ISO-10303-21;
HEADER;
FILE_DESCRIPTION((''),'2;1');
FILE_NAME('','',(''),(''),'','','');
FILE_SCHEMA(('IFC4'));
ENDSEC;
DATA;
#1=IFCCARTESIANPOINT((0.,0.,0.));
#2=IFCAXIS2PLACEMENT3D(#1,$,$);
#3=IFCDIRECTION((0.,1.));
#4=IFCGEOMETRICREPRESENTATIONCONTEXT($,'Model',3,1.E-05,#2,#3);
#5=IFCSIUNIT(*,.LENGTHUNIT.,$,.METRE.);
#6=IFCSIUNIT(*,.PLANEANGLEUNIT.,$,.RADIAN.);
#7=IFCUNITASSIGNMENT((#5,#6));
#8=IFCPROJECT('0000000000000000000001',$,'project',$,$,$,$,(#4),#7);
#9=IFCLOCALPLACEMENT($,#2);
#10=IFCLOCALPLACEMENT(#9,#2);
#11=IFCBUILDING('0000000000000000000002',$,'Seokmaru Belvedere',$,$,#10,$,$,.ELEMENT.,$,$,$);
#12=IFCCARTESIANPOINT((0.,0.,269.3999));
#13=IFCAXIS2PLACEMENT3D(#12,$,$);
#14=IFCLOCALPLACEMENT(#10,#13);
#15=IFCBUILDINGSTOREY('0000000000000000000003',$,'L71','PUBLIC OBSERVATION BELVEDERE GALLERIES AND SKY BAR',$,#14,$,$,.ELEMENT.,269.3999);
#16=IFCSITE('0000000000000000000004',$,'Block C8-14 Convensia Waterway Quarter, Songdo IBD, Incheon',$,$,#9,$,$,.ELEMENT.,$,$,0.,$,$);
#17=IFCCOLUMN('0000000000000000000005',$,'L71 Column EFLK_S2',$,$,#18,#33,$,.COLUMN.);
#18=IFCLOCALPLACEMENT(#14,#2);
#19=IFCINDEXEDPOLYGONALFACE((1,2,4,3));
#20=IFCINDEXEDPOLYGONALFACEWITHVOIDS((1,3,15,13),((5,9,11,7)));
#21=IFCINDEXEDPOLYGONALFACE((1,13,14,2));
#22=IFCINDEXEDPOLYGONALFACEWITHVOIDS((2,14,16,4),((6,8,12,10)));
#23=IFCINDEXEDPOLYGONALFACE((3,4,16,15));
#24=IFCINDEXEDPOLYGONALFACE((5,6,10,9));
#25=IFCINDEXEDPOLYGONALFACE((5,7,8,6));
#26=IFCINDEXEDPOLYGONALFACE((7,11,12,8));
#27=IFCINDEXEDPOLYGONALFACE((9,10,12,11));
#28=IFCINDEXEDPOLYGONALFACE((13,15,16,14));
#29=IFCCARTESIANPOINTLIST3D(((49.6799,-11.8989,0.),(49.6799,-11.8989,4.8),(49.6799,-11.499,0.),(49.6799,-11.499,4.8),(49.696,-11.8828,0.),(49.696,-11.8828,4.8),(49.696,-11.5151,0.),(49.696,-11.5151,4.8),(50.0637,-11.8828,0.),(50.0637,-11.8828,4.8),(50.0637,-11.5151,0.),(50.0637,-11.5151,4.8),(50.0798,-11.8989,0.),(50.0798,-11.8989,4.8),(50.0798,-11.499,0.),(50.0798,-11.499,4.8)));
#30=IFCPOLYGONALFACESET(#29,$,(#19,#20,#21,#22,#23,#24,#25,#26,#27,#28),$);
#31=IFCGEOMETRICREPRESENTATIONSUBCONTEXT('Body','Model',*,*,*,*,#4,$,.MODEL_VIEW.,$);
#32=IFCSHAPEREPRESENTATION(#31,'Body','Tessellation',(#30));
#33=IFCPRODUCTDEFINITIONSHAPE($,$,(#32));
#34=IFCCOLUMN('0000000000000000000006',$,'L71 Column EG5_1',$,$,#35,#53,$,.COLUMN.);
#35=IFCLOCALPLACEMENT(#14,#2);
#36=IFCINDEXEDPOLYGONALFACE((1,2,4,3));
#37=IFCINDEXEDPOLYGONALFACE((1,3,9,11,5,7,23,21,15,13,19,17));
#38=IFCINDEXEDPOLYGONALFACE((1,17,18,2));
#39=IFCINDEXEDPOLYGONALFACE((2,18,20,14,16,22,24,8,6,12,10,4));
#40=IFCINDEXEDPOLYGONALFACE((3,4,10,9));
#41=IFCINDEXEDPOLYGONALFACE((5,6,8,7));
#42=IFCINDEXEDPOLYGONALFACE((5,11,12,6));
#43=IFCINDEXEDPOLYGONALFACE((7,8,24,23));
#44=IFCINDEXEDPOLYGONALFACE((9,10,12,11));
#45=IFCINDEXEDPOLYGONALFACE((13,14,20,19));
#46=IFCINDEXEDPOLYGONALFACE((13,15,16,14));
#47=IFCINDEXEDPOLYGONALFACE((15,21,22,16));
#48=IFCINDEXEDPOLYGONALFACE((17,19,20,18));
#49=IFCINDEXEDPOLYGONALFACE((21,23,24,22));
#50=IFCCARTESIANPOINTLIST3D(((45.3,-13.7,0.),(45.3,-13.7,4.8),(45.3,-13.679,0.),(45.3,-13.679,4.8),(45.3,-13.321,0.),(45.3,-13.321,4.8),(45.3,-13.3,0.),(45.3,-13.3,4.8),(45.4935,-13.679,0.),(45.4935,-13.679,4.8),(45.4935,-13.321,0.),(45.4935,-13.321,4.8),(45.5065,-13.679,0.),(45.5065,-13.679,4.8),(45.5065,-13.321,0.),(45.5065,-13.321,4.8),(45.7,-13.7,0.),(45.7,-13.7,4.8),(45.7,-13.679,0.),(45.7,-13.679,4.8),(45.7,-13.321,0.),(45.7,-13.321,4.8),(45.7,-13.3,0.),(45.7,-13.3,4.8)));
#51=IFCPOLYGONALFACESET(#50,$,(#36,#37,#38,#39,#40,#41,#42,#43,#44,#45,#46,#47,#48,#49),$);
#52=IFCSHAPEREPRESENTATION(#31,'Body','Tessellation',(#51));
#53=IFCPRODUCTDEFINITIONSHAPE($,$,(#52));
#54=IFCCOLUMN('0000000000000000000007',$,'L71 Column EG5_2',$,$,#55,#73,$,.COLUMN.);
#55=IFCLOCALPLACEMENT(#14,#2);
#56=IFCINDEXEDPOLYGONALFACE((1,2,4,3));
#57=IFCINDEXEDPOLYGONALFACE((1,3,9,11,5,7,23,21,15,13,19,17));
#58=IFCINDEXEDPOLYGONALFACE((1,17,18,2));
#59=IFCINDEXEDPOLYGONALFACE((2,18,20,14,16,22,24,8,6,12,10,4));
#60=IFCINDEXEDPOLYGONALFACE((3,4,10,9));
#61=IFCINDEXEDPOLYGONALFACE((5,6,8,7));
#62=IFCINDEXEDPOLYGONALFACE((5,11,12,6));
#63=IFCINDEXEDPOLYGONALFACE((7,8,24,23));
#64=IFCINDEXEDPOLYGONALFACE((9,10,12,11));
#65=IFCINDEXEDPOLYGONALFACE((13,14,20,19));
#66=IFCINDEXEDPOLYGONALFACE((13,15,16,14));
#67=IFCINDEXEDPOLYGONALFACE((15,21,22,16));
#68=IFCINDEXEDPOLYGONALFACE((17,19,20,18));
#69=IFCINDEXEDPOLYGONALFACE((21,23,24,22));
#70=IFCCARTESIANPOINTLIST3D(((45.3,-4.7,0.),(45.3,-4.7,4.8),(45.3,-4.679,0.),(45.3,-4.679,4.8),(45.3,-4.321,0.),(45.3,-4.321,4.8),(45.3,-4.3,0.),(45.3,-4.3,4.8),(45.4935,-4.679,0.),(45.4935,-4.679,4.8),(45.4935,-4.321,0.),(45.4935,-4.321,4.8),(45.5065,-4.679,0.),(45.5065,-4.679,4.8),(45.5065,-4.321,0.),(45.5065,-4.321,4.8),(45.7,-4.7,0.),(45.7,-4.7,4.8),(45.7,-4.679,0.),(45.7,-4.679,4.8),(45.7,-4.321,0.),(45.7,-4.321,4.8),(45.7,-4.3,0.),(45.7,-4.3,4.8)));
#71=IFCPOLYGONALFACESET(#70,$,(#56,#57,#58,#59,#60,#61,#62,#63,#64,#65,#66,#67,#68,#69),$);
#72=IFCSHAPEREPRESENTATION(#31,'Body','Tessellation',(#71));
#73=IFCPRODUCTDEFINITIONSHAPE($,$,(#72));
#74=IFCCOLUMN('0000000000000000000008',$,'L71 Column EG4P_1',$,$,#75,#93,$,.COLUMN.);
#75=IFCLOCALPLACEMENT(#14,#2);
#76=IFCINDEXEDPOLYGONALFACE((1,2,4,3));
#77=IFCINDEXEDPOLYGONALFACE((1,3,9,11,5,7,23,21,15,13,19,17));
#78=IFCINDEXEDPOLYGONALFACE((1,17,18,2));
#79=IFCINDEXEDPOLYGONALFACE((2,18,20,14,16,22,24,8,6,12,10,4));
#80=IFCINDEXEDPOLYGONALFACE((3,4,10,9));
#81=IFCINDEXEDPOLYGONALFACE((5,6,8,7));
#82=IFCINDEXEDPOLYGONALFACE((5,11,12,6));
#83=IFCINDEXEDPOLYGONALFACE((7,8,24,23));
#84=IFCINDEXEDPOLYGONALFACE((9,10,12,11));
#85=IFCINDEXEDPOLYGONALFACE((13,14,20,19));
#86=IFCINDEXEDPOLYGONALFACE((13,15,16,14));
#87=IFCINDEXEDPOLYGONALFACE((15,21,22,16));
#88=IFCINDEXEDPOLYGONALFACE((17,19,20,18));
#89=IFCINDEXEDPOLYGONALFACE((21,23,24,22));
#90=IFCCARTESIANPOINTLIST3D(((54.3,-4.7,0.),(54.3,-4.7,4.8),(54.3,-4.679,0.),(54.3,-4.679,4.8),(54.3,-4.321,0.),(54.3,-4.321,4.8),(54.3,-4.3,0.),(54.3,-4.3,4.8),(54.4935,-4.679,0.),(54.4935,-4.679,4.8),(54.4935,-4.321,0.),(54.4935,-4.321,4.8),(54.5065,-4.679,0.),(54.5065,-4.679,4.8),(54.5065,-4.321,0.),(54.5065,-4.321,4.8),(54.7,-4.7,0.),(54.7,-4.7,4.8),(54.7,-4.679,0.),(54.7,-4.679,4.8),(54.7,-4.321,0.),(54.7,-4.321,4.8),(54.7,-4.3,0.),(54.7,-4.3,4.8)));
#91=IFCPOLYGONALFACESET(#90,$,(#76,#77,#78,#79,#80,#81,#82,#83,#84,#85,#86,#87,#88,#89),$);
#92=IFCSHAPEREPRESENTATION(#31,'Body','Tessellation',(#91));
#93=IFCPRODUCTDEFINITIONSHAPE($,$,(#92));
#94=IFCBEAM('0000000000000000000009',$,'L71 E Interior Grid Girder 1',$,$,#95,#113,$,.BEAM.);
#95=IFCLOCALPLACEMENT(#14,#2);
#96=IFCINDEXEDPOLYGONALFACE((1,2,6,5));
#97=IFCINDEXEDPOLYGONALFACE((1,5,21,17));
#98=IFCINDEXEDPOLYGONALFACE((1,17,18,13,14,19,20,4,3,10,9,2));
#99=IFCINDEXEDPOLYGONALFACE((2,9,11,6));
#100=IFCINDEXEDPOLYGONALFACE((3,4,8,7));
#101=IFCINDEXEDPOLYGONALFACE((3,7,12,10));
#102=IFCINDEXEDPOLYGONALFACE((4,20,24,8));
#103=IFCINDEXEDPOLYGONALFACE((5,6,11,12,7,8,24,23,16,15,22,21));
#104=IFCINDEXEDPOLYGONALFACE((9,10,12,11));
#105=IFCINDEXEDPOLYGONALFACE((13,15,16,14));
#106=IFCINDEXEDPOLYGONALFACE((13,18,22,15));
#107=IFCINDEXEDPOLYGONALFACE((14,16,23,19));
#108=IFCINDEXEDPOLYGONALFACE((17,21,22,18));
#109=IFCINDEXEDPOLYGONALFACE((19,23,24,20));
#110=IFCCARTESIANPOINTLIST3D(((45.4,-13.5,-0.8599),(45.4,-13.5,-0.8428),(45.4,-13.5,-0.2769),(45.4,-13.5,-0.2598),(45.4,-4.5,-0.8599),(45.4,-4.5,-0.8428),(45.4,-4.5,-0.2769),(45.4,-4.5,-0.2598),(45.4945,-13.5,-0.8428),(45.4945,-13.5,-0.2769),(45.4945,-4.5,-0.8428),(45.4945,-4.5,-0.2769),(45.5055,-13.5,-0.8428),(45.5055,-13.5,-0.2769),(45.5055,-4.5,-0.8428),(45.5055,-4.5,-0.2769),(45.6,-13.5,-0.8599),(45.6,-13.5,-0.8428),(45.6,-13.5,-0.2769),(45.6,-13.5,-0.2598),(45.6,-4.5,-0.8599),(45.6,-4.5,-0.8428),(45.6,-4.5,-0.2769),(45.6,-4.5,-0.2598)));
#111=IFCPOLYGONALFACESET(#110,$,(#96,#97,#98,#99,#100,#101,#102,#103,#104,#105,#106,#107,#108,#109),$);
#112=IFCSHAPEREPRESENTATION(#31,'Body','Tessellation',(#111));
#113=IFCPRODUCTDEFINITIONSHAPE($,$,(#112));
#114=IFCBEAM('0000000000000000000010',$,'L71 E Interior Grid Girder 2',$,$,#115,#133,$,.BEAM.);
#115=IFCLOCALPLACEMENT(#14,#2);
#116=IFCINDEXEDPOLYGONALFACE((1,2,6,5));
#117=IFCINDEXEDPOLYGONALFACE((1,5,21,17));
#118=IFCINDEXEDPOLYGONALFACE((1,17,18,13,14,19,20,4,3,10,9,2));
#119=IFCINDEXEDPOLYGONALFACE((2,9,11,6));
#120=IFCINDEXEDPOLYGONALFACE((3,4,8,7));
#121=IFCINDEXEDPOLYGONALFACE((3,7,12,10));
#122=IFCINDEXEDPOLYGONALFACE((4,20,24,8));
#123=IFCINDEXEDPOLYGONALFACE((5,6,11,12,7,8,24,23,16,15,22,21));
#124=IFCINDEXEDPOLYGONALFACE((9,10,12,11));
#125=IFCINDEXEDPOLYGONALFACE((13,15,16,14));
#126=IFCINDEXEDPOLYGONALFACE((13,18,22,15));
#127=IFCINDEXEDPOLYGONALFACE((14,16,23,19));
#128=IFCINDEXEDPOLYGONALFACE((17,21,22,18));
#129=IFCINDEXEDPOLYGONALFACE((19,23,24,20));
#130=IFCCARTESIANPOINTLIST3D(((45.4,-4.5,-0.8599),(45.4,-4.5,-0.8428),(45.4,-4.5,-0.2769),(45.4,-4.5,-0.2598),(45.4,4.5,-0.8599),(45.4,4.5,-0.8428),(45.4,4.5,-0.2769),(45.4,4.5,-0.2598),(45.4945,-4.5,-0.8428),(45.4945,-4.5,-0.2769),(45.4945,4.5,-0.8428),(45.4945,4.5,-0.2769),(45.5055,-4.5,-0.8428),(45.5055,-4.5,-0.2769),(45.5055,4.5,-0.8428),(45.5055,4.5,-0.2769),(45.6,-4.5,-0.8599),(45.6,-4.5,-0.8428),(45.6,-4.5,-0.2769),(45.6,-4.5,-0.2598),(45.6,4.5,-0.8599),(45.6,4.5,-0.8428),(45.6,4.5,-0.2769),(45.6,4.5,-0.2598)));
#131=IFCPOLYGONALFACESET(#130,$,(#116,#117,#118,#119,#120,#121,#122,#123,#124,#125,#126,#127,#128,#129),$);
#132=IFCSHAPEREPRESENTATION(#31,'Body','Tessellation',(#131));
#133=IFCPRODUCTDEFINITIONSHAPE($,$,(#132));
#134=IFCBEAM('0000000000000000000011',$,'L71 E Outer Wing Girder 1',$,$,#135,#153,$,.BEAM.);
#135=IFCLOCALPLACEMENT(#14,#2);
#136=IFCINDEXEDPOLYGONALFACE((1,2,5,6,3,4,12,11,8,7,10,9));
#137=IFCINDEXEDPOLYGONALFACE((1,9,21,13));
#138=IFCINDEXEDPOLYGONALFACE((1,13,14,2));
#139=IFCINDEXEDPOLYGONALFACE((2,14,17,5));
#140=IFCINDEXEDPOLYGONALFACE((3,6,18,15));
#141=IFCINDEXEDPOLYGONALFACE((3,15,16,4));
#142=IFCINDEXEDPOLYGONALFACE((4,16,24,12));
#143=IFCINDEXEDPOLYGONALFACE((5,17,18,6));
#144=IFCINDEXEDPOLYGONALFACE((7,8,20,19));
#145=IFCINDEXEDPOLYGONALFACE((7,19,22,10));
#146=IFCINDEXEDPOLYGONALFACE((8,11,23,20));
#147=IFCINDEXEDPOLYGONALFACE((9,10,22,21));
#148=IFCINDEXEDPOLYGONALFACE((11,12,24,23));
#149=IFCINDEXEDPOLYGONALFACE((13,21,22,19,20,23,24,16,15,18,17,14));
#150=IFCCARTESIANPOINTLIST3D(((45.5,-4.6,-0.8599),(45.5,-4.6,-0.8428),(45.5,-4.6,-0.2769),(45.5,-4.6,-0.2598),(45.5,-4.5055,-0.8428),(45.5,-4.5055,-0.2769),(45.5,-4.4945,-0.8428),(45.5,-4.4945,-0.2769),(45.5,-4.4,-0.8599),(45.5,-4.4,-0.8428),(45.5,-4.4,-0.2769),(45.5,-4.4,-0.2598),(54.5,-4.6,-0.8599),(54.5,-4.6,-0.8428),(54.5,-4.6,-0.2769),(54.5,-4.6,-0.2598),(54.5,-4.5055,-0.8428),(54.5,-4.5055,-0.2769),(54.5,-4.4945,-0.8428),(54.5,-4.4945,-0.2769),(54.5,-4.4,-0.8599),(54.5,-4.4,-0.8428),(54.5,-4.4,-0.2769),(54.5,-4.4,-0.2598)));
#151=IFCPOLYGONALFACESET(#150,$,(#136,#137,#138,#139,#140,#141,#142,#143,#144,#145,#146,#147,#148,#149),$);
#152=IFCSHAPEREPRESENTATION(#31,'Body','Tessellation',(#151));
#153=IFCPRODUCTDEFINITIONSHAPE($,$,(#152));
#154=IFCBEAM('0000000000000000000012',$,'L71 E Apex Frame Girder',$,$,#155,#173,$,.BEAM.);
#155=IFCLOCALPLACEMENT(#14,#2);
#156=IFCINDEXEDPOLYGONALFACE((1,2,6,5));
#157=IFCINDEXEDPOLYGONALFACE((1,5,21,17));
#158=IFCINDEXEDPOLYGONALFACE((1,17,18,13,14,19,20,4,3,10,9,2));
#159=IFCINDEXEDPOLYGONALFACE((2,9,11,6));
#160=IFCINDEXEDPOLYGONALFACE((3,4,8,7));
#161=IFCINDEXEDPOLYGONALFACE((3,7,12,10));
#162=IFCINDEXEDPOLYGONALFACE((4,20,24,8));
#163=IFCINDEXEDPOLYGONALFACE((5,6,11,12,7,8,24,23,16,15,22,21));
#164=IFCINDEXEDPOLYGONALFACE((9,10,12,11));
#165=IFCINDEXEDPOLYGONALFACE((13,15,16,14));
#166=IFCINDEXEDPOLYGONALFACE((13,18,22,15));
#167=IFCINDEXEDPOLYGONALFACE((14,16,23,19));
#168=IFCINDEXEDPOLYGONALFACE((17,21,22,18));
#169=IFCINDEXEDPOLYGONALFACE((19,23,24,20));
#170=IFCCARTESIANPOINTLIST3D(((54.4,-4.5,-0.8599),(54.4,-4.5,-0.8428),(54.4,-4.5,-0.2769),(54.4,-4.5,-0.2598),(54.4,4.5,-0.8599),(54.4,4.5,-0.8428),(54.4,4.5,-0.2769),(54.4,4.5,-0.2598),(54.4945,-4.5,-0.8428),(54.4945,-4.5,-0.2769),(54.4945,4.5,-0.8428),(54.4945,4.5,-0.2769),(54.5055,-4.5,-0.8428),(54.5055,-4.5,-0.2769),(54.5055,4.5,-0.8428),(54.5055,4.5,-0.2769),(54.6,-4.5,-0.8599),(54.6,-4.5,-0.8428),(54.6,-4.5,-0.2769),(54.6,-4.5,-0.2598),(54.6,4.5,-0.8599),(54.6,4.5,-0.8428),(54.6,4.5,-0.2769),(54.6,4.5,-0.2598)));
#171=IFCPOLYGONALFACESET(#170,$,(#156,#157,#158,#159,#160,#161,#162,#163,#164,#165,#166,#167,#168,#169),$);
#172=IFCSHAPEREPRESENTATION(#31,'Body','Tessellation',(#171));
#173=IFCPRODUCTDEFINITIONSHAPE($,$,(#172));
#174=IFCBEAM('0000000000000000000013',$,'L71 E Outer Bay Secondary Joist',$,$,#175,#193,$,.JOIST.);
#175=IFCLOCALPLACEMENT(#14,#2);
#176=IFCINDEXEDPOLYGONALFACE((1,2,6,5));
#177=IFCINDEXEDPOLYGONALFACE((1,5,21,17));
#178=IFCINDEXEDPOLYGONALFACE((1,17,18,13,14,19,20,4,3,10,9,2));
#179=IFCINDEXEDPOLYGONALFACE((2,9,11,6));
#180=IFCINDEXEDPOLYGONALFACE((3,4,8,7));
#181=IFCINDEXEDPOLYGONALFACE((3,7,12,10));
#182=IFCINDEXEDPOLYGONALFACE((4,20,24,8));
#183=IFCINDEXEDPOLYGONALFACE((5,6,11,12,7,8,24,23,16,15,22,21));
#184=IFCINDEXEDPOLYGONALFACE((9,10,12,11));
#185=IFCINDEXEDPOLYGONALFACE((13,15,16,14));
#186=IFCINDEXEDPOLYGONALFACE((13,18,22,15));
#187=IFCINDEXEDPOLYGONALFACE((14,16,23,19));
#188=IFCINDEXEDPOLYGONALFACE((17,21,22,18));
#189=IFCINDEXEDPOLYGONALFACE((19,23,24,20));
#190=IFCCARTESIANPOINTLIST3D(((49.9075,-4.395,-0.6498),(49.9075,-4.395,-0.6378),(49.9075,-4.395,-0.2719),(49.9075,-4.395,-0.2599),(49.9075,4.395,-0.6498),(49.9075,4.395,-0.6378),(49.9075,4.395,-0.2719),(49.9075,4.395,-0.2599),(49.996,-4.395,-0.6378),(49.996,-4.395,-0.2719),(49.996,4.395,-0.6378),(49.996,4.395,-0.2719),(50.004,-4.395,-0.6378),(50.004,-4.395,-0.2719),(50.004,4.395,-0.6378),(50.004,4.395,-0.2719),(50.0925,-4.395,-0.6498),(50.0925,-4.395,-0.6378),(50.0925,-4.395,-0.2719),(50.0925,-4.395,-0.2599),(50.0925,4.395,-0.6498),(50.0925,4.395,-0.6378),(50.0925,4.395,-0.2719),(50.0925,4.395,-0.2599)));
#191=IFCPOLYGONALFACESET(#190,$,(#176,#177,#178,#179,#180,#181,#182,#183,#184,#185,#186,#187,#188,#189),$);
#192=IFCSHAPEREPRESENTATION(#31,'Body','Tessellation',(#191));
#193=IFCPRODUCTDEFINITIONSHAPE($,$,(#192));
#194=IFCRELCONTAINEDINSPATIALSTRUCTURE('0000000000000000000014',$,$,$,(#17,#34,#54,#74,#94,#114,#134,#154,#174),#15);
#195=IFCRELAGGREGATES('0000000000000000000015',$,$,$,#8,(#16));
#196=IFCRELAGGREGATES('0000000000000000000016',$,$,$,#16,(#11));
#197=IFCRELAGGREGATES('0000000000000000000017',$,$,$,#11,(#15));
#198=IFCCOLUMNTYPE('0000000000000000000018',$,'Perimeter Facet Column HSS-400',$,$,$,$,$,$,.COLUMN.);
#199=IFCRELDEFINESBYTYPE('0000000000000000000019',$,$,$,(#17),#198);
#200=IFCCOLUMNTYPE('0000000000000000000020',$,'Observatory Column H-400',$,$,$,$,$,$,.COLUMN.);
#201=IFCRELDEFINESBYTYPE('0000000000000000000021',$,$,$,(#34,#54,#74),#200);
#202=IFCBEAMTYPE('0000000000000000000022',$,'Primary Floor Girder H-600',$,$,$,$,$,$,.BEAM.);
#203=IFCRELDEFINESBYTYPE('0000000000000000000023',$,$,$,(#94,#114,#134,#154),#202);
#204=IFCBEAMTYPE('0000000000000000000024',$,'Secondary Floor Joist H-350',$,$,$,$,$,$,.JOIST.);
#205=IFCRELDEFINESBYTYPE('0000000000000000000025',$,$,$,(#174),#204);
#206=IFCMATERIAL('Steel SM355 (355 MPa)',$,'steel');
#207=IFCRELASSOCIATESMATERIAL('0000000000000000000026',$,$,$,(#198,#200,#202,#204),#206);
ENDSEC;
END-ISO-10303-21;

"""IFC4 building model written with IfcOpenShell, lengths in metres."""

from ifc_helpers import new_model, si_unit, direction, frame, origin, origin_2d, place, context, subcontext, project, spatial, hollow_rectangle, i_section, extrude, source, transform, mapped, material, material_profile, profile_set, type_object, type_shapes, element, save


model = new_model("IFC4")

# Units and contexts
model_context = context("Model", 3, precision=1e-05, world=origin(), true_north=direction((0.0, 1.0)))
body_context = subcontext(model_context, "Body", "Model", "MODEL_VIEW")
ifc_project = project(units=[si_unit("LENGTHUNIT", "METRE"), si_unit("PLANEANGLEUNIT", "RADIAN")], contexts=[model_context])

# Site, building, storey
site_placement = place(None, origin())
site = spatial("IfcSite", under=ifc_project, at=site_placement, Name="Block C8-14 Convensia Waterway Quarter, Songdo IBD, Incheon", CompositionType="ELEMENT", RefElevation=0.0)
building_placement = place(site_placement, origin())
building = spatial("IfcBuilding", under=site, at=building_placement, Name="Seokmaru Belvedere", CompositionType="ELEMENT")
storey_placement = place(building_placement, frame((0.0, 0.0, 269.3999)))
storey = spatial("IfcBuildingStorey", under=building, at=storey_placement, Name="L71", Description="PUBLIC OBSERVATION BELVEDERE GALLERIES AND SKY BAR", CompositionType="ELEMENT", Elevation=269.3999)

# Columns
ifc_material_1 = material(Name="Steel SM355 (355 MPa)", Category="steel")
ifc_material_profile_1 = material_profile(ifc_material_1, hollow_rectangle(XDim=0.3999, YDim=0.3999, WallThickness=0.0161, at=origin_2d()), Name="HSS-400x400x16")
ifc_profile_set_1 = profile_set([ifc_material_profile_1], Name="Steel SM355 (355 MPa)")
column_type_1 = type_object("IfcColumnType", Name="Perimeter Facet Column HSS-400", PredefinedType="COLUMN", material=ifc_profile_set_1)
shared_shape_1 = source(origin(), body_context, "Body", "SweptSolid", [
    extrude(hollow_rectangle(XDim=0.3999, YDim=0.3999, WallThickness=0.0161, at=origin_2d()), origin(), (0.0, 0.0, 1.0), 4.8),
])
type_shapes(column_type_1, [shared_shape_1])
column_placement = place(storey_placement, frame((49.8799, -11.699, 0.0), z_axis=(0.0, 0.0, 1.0), x_axis=(1.0, 0.0, 0.0)))
element("IfcColumn", 1, at=column_placement, inside=storey, type_object=column_type_1, Name="L71 Column EFLK_S2", PredefinedType="COLUMN", context=body_context, shape_type="MappedRepresentation", body=[
    mapped(shared_shape_1, transform((0.0, 0.0, 0.0), scale=1.0)),
])
ifc_material_profile_2 = material_profile(ifc_material_1, i_section(OverallWidth=0.3999, OverallDepth=0.3999, WebThickness=0.0129, FlangeThickness=0.021, at=origin_2d()), Name="H-400x400x13x21")
ifc_profile_set_2 = profile_set([ifc_material_profile_2], Name="Steel SM355 (355 MPa)")
column_type_2 = type_object("IfcColumnType", Name="Observatory Column H-400", PredefinedType="COLUMN", material=ifc_profile_set_2)
shared_shape_2 = source(origin(), body_context, "Body", "SweptSolid", [
    extrude(i_section(OverallWidth=0.3999, OverallDepth=0.3999, WebThickness=0.0129, FlangeThickness=0.021, at=origin_2d()), origin(), (0.0, 0.0, 1.0), 4.8),
])
type_shapes(column_type_2, [shared_shape_2])
for number, where, z_axis, x_axis, name in (
    (2, (45.5, -13.5, 0.0), (0.0, 0.0, 1.0), (1.0, 0.0, 0.0), "L71 Column EG5_1"),
    (3, (45.5, -4.5, 0.0), (0.0, 0.0, 1.0), (1.0, 0.0, 0.0), "L71 Column EG5_2"),
    (4, (54.5, -4.5, 0.0), (0.0, 0.0, 1.0), (1.0, 0.0, 0.0), "L71 Column EG4P_1"),
):
    element("IfcColumn", number, at=place(storey_placement, frame(where, z_axis=z_axis, x_axis=x_axis)), inside=storey, type_object=column_type_2, Name=name, PredefinedType="COLUMN", context=body_context, shape_type="MappedRepresentation", body=[
        mapped(shared_shape_2, transform((0.0, 0.0, 0.0), scale=1.0)),
    ])

# Beams
ifc_material_profile_3 = material_profile(ifc_material_1, i_section(OverallWidth=0.2, OverallDepth=0.6001, WebThickness=0.011, FlangeThickness=0.0171, at=origin_2d()), Name="H-600x200x11x17")
ifc_profile_set_3 = profile_set([ifc_material_profile_3], Name="Steel SM355 (355 MPa)")
beam_type_1 = type_object("IfcBeamType", Name="Primary Floor Girder H-600", PredefinedType="BEAM", material=ifc_profile_set_3)
shared_shape_3 = source(origin(), body_context, "Body", "SweptSolid", [
    extrude(i_section(OverallWidth=0.2, OverallDepth=0.6001, WebThickness=0.011, FlangeThickness=0.0171, at=origin_2d()), origin(), (0.0, 0.0, 1.0), 9.0),
])
for number, where, z_axis, x_axis, name in (
    (5, (45.5, -13.5, -0.5598), (0.0, 1.0, 0.0), (-1.0, 0.0, 0.0), "L71 E Interior Grid Girder 1"),
    (6, (45.5, -4.5, -0.5598), (0.0, 1.0, 0.0), (-1.0, 0.0, 0.0), "L71 E Interior Grid Girder 2"),
    (7, (45.5, -4.5, -0.5598), (1.0, 0.0, 0.0), (0.0, 1.0, 0.0), "L71 E Outer Wing Girder 1"),
    (8, (54.5, -4.5, -0.5598), (0.0, 1.0, 0.0), (-1.0, 0.0, 0.0), "L71 E Apex Frame Girder"),
):
    element("IfcBeam", number, at=place(storey_placement, frame(where, z_axis=z_axis, x_axis=x_axis)), inside=storey, type_object=beam_type_1, Name=name, PredefinedType="BEAM", context=body_context, shape_type="MappedRepresentation", body=[
        mapped(shared_shape_3, transform((0.0, 0.0, 0.0), scale=1.0)),
    ])
ifc_material_profile_4 = material_profile(ifc_material_1, i_section(OverallWidth=0.1851, OverallDepth=0.3899, WebThickness=0.0081, FlangeThickness=0.012, at=origin_2d()), Name="H-390x185x8x12")
ifc_profile_set_4 = profile_set([ifc_material_profile_4], Name="Steel SM355 (355 MPa)")
beam_type_2 = type_object("IfcBeamType", Name="Secondary Floor Joist H-350", PredefinedType="JOIST", material=ifc_profile_set_4)
shared_shape_4 = source(origin(), body_context, "Body", "SweptSolid", [
    extrude(i_section(OverallWidth=0.1851, OverallDepth=0.3899, WebThickness=0.0081, FlangeThickness=0.012, at=origin_2d()), origin(), (0.0, 0.0, 1.0), 8.79),
])
type_shapes(beam_type_2, [shared_shape_4])
beam_1_placement = place(storey_placement, frame((50.0, -4.395, -0.4548), z_axis=(0.0, 1.0, 0.0), x_axis=(-1.0, 0.0, 0.0)))
element("IfcBeam", 9, at=beam_1_placement, inside=storey, type_object=beam_type_2, Name="L71 E Outer Bay Secondary Joist", PredefinedType="JOIST", context=body_context, shape_type="MappedRepresentation", body=[
    mapped(shared_shape_4, transform((0.0, 0.0, 0.0), scale=1.0)),
])

save(model, "model.ifc")
